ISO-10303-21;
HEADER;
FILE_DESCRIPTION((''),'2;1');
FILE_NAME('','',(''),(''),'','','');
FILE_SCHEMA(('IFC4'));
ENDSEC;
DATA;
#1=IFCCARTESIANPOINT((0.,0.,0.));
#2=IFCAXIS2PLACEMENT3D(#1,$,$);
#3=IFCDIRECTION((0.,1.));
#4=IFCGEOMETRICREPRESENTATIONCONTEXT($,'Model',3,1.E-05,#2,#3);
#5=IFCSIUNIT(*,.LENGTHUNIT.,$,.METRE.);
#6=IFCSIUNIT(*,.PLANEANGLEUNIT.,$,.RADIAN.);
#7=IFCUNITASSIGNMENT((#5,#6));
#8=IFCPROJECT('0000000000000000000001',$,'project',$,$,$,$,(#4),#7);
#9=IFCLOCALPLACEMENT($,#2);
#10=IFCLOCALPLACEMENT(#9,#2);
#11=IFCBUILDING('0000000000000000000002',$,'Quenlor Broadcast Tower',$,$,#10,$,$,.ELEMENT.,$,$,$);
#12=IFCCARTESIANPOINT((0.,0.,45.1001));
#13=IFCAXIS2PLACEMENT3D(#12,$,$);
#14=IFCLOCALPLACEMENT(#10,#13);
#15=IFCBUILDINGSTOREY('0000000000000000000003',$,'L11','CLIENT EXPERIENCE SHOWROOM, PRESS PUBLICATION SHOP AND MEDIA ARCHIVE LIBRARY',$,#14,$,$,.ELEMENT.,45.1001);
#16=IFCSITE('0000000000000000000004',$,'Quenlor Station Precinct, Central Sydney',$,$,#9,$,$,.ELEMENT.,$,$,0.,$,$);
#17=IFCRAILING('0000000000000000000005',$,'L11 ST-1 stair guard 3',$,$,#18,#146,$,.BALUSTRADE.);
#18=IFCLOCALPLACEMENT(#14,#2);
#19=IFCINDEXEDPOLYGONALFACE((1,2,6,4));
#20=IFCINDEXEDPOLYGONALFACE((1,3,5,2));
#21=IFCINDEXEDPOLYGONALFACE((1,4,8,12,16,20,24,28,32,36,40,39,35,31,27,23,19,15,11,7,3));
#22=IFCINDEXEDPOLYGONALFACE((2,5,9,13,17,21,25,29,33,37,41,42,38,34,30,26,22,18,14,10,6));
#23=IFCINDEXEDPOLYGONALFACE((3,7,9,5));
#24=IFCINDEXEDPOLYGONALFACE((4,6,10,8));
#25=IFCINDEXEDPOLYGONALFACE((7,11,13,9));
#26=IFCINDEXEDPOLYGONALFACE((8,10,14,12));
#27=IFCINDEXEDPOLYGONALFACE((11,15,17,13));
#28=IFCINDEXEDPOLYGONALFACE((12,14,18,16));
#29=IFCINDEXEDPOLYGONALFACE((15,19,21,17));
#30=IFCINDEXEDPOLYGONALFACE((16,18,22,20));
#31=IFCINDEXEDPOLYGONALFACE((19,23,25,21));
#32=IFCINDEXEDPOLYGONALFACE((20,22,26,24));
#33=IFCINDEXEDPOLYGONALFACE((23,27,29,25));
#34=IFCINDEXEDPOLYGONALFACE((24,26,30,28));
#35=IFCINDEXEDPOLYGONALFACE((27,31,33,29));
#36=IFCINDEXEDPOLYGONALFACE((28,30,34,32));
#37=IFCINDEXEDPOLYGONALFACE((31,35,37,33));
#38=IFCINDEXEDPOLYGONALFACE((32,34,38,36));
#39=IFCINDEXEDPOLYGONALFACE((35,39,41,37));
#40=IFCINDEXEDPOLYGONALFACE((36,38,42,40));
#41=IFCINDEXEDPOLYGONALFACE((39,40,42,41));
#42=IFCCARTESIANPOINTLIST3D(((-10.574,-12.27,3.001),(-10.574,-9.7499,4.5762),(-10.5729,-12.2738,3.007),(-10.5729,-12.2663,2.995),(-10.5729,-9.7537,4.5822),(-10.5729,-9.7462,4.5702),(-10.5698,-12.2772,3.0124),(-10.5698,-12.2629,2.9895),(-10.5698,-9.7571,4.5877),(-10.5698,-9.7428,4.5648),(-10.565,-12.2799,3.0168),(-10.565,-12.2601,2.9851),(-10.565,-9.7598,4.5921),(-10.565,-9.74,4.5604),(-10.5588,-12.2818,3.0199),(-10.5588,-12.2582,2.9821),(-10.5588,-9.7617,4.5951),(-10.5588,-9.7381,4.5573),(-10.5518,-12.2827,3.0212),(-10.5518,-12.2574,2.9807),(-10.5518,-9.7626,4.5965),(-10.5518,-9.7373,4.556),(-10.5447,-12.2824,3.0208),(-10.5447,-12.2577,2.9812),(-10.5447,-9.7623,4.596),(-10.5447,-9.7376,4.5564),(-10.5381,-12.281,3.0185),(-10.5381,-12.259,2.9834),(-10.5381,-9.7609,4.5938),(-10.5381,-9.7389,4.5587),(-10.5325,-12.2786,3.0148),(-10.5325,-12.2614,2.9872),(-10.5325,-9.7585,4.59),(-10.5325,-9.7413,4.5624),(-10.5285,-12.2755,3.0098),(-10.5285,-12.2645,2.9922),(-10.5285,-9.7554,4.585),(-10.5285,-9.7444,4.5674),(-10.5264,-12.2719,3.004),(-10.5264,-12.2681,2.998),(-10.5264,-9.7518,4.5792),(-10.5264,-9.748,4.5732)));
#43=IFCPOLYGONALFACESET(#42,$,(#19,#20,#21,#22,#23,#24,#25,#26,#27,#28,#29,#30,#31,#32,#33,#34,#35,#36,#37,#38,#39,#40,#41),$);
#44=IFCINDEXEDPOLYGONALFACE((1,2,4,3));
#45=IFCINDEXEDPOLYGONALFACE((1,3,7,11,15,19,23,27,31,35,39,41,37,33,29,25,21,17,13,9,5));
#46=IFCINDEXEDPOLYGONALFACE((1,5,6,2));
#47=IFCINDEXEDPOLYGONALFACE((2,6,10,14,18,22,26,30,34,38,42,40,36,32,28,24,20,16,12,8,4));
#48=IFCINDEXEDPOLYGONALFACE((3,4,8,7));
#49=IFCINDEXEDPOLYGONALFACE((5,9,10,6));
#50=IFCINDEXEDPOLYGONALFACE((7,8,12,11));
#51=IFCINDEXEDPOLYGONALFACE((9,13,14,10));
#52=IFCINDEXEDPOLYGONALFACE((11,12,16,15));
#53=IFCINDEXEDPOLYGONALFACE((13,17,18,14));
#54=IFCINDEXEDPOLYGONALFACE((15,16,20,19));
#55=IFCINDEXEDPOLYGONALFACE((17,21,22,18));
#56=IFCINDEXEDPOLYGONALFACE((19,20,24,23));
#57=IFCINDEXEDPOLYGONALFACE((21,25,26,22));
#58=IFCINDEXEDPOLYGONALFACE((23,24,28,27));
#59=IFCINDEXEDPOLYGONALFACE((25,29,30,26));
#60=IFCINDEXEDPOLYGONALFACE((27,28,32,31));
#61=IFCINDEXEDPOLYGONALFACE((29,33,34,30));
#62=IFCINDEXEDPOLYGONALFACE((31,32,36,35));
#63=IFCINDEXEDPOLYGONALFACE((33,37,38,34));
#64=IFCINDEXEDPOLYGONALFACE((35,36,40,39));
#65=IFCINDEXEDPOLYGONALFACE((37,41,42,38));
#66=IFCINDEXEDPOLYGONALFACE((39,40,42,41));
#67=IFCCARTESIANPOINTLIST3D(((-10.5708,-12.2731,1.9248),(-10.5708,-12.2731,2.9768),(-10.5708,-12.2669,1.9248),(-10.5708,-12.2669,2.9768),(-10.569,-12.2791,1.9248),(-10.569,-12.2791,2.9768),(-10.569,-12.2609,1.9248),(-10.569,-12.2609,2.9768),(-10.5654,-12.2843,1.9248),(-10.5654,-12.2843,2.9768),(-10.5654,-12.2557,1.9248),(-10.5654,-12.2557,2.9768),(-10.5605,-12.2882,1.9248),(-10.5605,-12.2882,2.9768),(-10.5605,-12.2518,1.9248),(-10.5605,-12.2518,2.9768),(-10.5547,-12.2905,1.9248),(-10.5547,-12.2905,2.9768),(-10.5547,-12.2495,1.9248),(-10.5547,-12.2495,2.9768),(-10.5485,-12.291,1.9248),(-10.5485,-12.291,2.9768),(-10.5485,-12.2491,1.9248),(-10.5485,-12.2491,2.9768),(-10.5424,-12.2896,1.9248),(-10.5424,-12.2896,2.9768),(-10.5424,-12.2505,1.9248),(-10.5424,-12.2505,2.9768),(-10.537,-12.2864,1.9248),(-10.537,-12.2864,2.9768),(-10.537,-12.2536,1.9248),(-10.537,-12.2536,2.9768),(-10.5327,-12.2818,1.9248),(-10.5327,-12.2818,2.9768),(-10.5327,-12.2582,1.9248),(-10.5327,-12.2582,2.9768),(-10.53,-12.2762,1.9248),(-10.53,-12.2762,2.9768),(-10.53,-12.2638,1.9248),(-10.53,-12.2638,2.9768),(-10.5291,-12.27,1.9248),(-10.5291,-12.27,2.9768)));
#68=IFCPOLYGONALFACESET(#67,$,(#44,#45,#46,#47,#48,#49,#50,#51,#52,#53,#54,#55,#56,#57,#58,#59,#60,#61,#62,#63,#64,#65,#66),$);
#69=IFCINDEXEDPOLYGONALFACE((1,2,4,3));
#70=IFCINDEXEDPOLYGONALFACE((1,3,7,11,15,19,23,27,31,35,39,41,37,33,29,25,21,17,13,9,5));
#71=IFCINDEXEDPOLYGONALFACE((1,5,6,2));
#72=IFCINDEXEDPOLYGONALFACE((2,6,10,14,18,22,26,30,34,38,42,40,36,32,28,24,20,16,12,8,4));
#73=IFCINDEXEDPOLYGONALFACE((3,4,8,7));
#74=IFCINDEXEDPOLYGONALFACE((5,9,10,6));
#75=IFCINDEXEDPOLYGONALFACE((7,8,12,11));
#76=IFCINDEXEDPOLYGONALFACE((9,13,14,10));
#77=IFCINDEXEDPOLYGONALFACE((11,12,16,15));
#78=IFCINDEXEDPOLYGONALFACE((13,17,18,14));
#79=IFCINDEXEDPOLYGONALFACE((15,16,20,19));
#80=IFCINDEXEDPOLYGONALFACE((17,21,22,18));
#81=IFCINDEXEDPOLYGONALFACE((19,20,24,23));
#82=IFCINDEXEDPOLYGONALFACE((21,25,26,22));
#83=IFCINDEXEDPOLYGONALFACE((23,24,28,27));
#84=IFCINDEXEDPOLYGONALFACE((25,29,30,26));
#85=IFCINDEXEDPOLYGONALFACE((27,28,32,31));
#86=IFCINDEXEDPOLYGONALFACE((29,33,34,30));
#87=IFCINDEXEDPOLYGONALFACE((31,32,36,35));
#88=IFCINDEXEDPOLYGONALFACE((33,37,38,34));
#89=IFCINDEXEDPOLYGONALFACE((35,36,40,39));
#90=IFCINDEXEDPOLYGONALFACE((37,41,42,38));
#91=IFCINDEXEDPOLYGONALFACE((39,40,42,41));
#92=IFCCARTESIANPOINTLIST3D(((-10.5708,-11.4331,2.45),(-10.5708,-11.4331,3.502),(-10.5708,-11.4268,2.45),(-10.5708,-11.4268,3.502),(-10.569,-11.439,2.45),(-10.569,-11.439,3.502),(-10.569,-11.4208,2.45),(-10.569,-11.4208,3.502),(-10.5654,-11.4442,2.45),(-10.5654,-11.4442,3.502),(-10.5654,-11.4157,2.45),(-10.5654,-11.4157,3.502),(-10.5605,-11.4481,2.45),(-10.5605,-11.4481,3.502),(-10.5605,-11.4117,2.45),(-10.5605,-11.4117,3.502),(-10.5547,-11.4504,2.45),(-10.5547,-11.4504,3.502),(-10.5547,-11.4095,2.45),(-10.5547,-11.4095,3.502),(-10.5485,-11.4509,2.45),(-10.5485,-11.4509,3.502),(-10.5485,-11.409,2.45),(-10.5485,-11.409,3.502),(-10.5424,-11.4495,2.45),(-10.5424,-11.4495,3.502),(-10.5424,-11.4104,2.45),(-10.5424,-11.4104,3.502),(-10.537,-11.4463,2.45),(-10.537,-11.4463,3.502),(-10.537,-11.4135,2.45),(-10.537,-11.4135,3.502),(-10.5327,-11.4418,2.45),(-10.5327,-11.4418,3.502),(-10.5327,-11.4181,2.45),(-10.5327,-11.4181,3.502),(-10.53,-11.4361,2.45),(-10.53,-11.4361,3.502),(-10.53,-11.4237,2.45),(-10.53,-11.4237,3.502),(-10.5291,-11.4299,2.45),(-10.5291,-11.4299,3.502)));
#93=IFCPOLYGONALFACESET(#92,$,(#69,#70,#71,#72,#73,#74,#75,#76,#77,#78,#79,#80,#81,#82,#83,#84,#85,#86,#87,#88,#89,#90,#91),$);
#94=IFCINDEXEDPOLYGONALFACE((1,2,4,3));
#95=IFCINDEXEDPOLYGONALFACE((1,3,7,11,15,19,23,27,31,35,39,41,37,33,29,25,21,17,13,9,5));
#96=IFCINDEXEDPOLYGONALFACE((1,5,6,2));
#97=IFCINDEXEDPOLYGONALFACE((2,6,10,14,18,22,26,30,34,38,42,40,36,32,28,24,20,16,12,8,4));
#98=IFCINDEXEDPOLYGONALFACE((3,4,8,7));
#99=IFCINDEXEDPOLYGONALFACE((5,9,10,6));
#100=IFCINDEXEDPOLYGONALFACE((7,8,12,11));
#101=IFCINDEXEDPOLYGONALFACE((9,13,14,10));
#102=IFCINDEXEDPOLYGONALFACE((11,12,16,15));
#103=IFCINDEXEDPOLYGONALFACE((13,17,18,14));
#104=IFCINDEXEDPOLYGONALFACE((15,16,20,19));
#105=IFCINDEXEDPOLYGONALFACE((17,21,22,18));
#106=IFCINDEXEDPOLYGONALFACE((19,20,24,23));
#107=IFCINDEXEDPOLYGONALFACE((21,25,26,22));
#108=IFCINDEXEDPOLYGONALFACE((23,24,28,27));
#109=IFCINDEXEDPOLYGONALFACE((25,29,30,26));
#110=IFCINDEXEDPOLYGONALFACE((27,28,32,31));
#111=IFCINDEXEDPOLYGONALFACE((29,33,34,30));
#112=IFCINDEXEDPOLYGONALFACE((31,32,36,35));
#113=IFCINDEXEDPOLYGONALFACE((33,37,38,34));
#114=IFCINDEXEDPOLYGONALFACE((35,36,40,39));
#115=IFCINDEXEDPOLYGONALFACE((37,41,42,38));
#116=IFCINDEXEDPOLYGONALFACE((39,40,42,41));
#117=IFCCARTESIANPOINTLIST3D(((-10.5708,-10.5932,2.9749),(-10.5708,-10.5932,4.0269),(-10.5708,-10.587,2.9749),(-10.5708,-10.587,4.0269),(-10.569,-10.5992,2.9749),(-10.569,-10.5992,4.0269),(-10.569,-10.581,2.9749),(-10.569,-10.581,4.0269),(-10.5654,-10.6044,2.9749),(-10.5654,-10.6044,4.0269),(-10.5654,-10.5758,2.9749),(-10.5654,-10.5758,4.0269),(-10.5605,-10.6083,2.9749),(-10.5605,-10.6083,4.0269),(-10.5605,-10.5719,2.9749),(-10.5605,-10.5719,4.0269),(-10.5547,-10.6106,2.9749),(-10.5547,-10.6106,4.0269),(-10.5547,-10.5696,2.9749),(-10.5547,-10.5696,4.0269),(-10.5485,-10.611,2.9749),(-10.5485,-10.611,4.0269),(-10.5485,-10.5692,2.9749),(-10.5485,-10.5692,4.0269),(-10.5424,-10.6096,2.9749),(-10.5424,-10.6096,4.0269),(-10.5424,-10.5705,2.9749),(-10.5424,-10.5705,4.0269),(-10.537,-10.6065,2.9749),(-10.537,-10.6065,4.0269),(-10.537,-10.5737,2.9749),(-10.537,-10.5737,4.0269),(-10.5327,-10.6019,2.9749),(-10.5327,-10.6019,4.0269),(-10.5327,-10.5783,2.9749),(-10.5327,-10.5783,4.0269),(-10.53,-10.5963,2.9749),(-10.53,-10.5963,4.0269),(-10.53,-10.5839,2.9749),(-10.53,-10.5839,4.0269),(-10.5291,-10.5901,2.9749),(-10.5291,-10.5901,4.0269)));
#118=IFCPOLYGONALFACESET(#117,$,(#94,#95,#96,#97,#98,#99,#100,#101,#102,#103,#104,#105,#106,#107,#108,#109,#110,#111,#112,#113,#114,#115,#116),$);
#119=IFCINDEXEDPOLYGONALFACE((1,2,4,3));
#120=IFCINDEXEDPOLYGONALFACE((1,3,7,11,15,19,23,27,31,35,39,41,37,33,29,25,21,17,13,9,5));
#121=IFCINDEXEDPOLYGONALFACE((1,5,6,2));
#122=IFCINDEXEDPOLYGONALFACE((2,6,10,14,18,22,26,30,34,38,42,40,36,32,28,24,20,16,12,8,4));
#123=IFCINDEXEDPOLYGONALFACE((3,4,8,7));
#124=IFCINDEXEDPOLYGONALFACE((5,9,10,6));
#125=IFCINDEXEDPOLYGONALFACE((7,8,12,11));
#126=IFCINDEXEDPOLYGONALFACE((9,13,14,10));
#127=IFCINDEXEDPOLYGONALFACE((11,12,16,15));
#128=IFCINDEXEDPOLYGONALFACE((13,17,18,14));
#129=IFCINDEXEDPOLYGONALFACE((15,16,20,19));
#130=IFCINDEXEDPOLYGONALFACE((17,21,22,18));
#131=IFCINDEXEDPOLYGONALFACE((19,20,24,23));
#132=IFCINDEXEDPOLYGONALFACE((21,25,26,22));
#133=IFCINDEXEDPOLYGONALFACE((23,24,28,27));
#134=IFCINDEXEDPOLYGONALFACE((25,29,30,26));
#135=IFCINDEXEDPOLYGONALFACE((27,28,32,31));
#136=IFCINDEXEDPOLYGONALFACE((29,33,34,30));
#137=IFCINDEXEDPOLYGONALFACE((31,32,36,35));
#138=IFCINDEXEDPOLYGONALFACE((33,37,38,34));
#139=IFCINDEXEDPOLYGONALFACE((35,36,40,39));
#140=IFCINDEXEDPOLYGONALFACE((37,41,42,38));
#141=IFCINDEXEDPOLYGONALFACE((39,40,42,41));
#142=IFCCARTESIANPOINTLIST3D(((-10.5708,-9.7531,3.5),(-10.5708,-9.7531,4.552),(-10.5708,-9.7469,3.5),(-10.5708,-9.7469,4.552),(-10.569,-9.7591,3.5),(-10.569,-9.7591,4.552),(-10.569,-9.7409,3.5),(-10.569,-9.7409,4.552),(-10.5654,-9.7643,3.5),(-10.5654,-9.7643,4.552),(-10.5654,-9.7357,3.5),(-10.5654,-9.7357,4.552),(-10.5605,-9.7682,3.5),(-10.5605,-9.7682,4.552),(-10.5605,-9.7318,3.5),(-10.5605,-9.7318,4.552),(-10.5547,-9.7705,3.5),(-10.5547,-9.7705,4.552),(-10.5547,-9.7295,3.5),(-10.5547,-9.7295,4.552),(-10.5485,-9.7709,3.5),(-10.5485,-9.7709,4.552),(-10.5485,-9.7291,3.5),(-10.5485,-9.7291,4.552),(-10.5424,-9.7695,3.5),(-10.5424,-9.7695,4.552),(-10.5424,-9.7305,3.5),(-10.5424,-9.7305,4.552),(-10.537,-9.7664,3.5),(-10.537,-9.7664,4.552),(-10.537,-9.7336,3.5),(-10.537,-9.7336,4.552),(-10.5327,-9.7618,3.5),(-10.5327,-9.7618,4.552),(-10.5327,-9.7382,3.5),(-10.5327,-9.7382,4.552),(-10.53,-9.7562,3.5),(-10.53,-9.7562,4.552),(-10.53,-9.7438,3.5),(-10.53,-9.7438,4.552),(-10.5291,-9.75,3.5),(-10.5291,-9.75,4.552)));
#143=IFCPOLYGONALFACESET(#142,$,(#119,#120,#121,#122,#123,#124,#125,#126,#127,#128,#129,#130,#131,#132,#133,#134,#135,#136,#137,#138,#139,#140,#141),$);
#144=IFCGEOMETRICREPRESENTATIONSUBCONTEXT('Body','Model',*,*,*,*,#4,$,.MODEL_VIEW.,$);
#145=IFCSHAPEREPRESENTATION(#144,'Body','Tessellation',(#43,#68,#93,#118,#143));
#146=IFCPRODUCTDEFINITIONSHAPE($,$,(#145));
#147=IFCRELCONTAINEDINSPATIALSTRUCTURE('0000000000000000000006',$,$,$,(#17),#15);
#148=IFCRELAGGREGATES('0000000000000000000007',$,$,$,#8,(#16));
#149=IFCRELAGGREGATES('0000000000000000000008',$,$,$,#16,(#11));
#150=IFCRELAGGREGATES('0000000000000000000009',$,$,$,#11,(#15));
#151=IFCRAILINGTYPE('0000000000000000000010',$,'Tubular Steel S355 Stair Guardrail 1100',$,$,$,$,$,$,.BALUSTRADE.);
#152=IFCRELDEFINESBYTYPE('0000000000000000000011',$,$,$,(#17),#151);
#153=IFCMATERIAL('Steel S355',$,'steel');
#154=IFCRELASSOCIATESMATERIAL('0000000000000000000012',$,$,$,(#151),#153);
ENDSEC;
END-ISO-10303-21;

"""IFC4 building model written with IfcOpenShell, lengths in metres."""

from ifc_helpers import new_model, si_unit, direction, frame, origin, origin_2d, place, context, subcontext, project, spatial, circle, extrude, material, type_object, element, save


model = new_model("IFC4")

# Units and contexts
model_context = context("Model", 3, precision=1e-05, world=origin(), true_north=direction((0.0, 1.0)))
body_context = subcontext(model_context, "Body", "Model", "MODEL_VIEW")
ifc_project = project(units=[si_unit("LENGTHUNIT", "METRE"), si_unit("PLANEANGLEUNIT", "RADIAN")], contexts=[model_context])

# Site, building, storey
site_placement = place(None, origin())
site = spatial("IfcSite", under=ifc_project, at=site_placement, Name="Quenlor Station Precinct, Central Sydney", CompositionType="ELEMENT", RefElevation=0.0)
building_placement = place(site_placement, origin())
building = spatial("IfcBuilding", under=site, at=building_placement, Name="Quenlor Broadcast Tower", CompositionType="ELEMENT")
storey_placement = place(building_placement, frame((0.0, 0.0, 45.1001)))
storey = spatial("IfcBuildingStorey", under=building, at=storey_placement, Name="L11", Description="CLIENT EXPERIENCE SHOWROOM, PRESS PUBLICATION SHOP AND MEDIA ARCHIVE LIBRARY", CompositionType="ELEMENT", Elevation=45.1001)

# Railing
ifc_material_1 = material(Name="Steel S355", Category="steel")
railing_type_1 = type_object("IfcRailingType", Name="Tubular Steel S355 Stair Guardrail 1100", PredefinedType="BALUSTRADE", material=ifc_material_1)
railing_1_placement = place(storey_placement, frame((-10.55, -12.27, 1.9248)))
element("IfcRailing", 1, at=railing_1_placement, inside=storey, type_object=railing_type_1, Name="L11 ST-1 stair guard 3", PredefinedType="BALUSTRADE", context=body_context, shape_type="SweptSolid", body=[
    extrude(circle(Radius=0.0239, at=origin_2d()), frame((0.0, 0.0, 1.0762), z_axis=(0.0, 0.847971, 0.530043), x_axis=(-1.0, 0.0, 0.0)), (0.0, 0.0, 1.0), 2.9719),
    extrude(circle(Radius=0.021, at=origin_2d()), origin(), (0.0, 0.0, 1.0), 1.052),
    extrude(circle(Radius=0.021, at=origin_2d()), frame((0.0, 0.8401, 0.5251)), (0.0, 0.0, 1.0), 1.052),
    extrude(circle(Radius=0.021, at=origin_2d()), frame((0.0, 1.6799, 1.05)), (0.0, 0.0, 1.0), 1.052),
    extrude(circle(Radius=0.021, at=origin_2d()), frame((0.0, 2.52, 1.5752)), (0.0, 0.0, 1.0), 1.052),
])

save(model, "model.ifc")
